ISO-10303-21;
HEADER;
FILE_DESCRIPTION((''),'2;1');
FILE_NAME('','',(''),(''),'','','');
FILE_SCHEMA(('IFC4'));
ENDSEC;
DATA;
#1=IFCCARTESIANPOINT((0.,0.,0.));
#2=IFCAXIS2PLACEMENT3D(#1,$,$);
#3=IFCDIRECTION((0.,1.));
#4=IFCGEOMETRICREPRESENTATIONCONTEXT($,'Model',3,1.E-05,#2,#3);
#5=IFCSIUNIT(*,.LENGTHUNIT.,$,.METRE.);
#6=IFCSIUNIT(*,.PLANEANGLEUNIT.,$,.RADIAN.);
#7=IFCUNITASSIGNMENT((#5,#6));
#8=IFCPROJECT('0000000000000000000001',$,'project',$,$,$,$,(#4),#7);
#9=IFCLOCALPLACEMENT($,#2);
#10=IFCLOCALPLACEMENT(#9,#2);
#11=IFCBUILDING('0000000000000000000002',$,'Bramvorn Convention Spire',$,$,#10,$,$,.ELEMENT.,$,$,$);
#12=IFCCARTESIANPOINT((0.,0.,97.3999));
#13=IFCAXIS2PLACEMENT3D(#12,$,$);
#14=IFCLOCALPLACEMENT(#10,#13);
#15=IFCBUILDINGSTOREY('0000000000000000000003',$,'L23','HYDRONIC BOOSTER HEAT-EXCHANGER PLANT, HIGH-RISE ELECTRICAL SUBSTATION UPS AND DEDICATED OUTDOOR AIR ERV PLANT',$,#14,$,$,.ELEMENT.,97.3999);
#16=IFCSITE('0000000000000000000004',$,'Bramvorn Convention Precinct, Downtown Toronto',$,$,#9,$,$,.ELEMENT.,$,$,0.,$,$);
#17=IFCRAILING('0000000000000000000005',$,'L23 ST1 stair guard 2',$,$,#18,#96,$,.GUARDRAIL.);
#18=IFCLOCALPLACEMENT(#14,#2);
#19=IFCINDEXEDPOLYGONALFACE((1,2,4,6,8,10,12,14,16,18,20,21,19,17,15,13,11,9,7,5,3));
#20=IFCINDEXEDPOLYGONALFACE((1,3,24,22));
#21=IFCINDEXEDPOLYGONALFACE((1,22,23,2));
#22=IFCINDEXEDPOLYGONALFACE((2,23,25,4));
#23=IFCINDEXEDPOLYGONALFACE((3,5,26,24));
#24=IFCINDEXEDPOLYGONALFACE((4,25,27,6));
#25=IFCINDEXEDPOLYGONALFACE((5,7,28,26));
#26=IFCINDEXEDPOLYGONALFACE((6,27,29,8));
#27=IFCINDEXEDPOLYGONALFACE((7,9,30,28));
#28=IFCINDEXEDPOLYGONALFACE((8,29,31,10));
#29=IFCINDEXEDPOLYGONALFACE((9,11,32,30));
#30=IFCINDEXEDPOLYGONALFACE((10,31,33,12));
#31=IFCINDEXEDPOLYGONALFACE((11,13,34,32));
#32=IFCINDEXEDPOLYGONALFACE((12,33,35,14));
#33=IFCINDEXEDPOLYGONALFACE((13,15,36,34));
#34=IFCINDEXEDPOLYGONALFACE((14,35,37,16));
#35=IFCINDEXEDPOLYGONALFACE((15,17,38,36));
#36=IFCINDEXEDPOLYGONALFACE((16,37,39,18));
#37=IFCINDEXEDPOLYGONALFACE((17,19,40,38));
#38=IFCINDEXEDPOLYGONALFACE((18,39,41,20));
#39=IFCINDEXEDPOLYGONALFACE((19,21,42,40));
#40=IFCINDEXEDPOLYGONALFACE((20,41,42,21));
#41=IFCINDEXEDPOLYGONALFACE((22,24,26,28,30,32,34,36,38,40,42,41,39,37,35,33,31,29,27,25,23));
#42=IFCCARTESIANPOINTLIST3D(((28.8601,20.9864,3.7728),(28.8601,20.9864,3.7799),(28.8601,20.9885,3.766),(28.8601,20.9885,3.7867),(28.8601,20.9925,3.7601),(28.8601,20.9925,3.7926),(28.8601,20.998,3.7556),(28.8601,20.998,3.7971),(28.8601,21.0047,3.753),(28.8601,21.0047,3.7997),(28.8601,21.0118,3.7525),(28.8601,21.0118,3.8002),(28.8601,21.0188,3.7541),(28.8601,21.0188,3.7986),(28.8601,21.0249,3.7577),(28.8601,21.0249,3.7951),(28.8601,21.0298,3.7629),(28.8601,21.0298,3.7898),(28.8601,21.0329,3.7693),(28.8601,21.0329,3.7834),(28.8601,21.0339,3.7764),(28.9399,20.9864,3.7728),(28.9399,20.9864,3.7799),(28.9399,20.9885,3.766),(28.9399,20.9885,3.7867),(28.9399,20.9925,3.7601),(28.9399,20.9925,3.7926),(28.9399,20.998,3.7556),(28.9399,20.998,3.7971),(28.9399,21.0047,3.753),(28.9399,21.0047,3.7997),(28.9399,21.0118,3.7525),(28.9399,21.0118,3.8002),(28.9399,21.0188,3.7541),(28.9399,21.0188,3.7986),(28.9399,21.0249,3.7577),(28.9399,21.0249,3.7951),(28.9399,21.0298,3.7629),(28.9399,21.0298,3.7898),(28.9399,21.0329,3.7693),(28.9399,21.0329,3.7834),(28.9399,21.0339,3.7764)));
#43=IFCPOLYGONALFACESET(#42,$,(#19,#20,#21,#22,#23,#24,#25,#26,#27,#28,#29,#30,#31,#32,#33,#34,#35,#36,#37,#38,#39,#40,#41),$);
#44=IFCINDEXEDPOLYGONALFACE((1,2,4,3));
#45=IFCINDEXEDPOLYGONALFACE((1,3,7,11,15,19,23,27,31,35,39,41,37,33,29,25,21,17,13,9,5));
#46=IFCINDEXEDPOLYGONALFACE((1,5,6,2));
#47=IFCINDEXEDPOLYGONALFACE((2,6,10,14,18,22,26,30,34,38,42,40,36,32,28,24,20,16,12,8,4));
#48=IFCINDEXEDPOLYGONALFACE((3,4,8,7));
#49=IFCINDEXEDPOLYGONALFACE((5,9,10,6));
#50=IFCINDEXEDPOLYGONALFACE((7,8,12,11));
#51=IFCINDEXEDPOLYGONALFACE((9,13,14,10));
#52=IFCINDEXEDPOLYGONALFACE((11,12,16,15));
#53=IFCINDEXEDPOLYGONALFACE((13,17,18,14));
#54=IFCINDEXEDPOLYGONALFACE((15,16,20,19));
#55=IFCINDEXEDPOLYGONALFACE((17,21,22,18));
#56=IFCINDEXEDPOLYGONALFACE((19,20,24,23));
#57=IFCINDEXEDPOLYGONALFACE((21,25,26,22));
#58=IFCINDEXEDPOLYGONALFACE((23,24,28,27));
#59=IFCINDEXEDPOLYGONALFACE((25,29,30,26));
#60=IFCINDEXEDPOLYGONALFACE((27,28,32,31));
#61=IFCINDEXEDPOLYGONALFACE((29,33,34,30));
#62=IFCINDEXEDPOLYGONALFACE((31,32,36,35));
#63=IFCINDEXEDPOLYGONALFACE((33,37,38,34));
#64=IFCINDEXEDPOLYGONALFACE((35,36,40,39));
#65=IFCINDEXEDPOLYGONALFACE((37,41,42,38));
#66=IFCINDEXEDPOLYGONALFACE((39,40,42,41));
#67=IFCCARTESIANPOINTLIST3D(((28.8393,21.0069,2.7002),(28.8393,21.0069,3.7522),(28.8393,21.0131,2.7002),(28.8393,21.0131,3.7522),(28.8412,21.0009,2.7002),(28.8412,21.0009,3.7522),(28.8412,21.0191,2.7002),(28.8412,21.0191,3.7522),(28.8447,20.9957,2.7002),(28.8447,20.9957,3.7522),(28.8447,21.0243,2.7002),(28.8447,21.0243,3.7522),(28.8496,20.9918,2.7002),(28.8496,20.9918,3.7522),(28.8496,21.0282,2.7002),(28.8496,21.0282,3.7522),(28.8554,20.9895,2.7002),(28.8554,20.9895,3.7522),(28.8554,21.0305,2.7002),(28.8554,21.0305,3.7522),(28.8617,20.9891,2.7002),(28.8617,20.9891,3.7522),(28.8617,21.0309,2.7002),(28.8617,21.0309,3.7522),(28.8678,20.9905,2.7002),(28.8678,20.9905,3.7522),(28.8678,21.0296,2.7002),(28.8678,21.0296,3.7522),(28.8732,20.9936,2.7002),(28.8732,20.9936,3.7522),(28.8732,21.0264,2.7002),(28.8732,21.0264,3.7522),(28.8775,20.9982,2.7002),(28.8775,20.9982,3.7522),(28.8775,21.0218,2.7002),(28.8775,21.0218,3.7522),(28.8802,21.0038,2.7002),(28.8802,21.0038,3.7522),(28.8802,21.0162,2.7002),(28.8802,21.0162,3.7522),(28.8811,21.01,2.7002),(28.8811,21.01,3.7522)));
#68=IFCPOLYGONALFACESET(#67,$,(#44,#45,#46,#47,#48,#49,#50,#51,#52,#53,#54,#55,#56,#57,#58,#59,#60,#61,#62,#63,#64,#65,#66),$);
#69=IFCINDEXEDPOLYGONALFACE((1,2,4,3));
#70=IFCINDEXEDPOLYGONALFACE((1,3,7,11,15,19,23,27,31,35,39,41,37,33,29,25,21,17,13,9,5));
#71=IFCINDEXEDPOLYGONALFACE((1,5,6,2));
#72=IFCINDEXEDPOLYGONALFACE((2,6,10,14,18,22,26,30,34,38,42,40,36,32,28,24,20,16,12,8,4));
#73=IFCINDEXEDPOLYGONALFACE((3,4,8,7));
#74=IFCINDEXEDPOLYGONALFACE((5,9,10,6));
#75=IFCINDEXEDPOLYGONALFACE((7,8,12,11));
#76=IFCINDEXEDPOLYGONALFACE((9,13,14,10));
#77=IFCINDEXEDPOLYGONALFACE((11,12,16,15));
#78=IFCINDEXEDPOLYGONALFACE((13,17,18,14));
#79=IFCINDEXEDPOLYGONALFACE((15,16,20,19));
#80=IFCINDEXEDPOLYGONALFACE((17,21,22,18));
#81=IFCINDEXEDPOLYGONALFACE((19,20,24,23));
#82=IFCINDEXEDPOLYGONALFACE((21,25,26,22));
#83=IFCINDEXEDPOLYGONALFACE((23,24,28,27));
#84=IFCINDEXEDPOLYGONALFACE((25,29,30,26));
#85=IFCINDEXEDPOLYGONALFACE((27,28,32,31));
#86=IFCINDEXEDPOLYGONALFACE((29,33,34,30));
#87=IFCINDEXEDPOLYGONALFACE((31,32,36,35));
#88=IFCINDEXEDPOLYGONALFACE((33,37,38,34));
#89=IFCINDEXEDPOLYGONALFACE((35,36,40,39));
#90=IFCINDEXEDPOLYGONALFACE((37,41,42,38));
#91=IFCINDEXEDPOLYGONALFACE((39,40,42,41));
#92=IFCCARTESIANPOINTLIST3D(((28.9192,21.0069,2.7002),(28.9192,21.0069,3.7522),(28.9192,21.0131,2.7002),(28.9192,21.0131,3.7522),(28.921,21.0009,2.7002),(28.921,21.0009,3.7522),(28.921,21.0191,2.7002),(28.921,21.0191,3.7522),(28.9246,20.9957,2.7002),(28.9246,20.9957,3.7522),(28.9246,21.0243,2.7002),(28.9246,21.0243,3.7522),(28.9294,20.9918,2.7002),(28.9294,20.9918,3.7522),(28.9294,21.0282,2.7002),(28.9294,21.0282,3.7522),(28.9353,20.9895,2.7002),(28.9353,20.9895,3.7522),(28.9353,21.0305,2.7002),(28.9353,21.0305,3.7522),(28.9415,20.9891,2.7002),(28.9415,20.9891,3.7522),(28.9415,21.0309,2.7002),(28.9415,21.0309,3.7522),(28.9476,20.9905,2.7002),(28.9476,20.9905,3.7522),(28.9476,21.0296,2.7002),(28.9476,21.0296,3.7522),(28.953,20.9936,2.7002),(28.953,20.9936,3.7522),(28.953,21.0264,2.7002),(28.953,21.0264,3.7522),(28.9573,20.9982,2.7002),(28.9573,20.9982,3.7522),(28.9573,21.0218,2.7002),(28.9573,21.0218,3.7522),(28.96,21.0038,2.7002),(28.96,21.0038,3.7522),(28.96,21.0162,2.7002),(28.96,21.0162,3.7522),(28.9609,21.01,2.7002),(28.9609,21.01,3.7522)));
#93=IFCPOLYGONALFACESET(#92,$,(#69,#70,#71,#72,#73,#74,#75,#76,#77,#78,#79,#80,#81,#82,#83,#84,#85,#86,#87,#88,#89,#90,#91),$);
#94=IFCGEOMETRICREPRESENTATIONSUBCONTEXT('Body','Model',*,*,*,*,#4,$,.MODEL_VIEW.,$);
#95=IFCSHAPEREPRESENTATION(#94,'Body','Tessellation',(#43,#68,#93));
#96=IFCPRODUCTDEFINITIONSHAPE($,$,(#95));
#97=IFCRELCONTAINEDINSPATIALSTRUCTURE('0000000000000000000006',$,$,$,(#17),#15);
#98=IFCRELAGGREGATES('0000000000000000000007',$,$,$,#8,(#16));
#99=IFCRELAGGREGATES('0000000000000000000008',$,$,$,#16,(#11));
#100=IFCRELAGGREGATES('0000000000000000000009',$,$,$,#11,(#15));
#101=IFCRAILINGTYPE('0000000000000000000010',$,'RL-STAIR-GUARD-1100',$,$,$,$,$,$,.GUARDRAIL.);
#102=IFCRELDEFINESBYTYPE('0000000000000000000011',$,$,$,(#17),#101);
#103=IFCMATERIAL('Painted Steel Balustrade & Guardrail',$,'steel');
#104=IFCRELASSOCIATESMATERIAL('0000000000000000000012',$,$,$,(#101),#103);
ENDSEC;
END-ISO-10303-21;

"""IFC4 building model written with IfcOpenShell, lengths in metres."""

from ifc_helpers import new_model, si_unit, direction, frame, origin, origin_2d, place, context, subcontext, project, spatial, circle, extrude, material, type_object, element, save


model = new_model("IFC4")

# Units and contexts
model_context = context("Model", 3, precision=1e-05, world=origin(), true_north=direction((0.0, 1.0)))
body_context = subcontext(model_context, "Body", "Model", "MODEL_VIEW")
ifc_project = project(units=[si_unit("LENGTHUNIT", "METRE"), si_unit("PLANEANGLEUNIT", "RADIAN")], contexts=[model_context])

# Site, building, storey
site_placement = place(None, origin())
site = spatial("IfcSite", under=ifc_project, at=site_placement, Name="Bramvorn Convention Precinct, Downtown Toronto", CompositionType="ELEMENT", RefElevation=0.0)
building_placement = place(site_placement, origin())
building = spatial("IfcBuilding", under=site, at=building_placement, Name="Bramvorn Convention Spire", CompositionType="ELEMENT")
storey_placement = place(building_placement, frame((0.0, 0.0, 97.3999)))
storey = spatial("IfcBuildingStorey", under=building, at=storey_placement, Name="L23", Description="HYDRONIC BOOSTER HEAT-EXCHANGER PLANT, HIGH-RISE ELECTRICAL SUBSTATION UPS AND DEDICATED OUTDOOR AIR ERV PLANT", CompositionType="ELEMENT", Elevation=97.3999)

# Railing
ifc_material_1 = material(Name="Painted Steel Balustrade & Guardrail", Category="steel")
railing_type = type_object("IfcRailingType", Name="RL-STAIR-GUARD-1100", PredefinedType="GUARDRAIL", material=ifc_material_1)
railing_1_placement = place(storey_placement, frame((28.8601, 21.01, 2.7002)))
element("IfcRailing", 1, at=railing_1_placement, inside=storey, type_object=railing_type, Name="L23 ST1 stair guard 2", PredefinedType="GUARDRAIL", context=body_context, shape_type="SweptSolid", body=[
    extrude(circle(Radius=0.0239, at=origin_2d()), frame((0.0, 0.0, 1.0762), z_axis=(1.0, 0.0, 0.0), x_axis=(0.0, 1.0, 0.0)), (0.0, 0.0, 1.0), 0.0798),
    extrude(circle(Radius=0.021, at=origin_2d()), origin(), (0.0, 0.0, 1.0), 1.052),
    extrude(circle(Radius=0.021, at=origin_2d()), frame((0.0798, 0.0, 0.0)), (0.0, 0.0, 1.0), 1.052),
])

save(model, "model.ifc")
